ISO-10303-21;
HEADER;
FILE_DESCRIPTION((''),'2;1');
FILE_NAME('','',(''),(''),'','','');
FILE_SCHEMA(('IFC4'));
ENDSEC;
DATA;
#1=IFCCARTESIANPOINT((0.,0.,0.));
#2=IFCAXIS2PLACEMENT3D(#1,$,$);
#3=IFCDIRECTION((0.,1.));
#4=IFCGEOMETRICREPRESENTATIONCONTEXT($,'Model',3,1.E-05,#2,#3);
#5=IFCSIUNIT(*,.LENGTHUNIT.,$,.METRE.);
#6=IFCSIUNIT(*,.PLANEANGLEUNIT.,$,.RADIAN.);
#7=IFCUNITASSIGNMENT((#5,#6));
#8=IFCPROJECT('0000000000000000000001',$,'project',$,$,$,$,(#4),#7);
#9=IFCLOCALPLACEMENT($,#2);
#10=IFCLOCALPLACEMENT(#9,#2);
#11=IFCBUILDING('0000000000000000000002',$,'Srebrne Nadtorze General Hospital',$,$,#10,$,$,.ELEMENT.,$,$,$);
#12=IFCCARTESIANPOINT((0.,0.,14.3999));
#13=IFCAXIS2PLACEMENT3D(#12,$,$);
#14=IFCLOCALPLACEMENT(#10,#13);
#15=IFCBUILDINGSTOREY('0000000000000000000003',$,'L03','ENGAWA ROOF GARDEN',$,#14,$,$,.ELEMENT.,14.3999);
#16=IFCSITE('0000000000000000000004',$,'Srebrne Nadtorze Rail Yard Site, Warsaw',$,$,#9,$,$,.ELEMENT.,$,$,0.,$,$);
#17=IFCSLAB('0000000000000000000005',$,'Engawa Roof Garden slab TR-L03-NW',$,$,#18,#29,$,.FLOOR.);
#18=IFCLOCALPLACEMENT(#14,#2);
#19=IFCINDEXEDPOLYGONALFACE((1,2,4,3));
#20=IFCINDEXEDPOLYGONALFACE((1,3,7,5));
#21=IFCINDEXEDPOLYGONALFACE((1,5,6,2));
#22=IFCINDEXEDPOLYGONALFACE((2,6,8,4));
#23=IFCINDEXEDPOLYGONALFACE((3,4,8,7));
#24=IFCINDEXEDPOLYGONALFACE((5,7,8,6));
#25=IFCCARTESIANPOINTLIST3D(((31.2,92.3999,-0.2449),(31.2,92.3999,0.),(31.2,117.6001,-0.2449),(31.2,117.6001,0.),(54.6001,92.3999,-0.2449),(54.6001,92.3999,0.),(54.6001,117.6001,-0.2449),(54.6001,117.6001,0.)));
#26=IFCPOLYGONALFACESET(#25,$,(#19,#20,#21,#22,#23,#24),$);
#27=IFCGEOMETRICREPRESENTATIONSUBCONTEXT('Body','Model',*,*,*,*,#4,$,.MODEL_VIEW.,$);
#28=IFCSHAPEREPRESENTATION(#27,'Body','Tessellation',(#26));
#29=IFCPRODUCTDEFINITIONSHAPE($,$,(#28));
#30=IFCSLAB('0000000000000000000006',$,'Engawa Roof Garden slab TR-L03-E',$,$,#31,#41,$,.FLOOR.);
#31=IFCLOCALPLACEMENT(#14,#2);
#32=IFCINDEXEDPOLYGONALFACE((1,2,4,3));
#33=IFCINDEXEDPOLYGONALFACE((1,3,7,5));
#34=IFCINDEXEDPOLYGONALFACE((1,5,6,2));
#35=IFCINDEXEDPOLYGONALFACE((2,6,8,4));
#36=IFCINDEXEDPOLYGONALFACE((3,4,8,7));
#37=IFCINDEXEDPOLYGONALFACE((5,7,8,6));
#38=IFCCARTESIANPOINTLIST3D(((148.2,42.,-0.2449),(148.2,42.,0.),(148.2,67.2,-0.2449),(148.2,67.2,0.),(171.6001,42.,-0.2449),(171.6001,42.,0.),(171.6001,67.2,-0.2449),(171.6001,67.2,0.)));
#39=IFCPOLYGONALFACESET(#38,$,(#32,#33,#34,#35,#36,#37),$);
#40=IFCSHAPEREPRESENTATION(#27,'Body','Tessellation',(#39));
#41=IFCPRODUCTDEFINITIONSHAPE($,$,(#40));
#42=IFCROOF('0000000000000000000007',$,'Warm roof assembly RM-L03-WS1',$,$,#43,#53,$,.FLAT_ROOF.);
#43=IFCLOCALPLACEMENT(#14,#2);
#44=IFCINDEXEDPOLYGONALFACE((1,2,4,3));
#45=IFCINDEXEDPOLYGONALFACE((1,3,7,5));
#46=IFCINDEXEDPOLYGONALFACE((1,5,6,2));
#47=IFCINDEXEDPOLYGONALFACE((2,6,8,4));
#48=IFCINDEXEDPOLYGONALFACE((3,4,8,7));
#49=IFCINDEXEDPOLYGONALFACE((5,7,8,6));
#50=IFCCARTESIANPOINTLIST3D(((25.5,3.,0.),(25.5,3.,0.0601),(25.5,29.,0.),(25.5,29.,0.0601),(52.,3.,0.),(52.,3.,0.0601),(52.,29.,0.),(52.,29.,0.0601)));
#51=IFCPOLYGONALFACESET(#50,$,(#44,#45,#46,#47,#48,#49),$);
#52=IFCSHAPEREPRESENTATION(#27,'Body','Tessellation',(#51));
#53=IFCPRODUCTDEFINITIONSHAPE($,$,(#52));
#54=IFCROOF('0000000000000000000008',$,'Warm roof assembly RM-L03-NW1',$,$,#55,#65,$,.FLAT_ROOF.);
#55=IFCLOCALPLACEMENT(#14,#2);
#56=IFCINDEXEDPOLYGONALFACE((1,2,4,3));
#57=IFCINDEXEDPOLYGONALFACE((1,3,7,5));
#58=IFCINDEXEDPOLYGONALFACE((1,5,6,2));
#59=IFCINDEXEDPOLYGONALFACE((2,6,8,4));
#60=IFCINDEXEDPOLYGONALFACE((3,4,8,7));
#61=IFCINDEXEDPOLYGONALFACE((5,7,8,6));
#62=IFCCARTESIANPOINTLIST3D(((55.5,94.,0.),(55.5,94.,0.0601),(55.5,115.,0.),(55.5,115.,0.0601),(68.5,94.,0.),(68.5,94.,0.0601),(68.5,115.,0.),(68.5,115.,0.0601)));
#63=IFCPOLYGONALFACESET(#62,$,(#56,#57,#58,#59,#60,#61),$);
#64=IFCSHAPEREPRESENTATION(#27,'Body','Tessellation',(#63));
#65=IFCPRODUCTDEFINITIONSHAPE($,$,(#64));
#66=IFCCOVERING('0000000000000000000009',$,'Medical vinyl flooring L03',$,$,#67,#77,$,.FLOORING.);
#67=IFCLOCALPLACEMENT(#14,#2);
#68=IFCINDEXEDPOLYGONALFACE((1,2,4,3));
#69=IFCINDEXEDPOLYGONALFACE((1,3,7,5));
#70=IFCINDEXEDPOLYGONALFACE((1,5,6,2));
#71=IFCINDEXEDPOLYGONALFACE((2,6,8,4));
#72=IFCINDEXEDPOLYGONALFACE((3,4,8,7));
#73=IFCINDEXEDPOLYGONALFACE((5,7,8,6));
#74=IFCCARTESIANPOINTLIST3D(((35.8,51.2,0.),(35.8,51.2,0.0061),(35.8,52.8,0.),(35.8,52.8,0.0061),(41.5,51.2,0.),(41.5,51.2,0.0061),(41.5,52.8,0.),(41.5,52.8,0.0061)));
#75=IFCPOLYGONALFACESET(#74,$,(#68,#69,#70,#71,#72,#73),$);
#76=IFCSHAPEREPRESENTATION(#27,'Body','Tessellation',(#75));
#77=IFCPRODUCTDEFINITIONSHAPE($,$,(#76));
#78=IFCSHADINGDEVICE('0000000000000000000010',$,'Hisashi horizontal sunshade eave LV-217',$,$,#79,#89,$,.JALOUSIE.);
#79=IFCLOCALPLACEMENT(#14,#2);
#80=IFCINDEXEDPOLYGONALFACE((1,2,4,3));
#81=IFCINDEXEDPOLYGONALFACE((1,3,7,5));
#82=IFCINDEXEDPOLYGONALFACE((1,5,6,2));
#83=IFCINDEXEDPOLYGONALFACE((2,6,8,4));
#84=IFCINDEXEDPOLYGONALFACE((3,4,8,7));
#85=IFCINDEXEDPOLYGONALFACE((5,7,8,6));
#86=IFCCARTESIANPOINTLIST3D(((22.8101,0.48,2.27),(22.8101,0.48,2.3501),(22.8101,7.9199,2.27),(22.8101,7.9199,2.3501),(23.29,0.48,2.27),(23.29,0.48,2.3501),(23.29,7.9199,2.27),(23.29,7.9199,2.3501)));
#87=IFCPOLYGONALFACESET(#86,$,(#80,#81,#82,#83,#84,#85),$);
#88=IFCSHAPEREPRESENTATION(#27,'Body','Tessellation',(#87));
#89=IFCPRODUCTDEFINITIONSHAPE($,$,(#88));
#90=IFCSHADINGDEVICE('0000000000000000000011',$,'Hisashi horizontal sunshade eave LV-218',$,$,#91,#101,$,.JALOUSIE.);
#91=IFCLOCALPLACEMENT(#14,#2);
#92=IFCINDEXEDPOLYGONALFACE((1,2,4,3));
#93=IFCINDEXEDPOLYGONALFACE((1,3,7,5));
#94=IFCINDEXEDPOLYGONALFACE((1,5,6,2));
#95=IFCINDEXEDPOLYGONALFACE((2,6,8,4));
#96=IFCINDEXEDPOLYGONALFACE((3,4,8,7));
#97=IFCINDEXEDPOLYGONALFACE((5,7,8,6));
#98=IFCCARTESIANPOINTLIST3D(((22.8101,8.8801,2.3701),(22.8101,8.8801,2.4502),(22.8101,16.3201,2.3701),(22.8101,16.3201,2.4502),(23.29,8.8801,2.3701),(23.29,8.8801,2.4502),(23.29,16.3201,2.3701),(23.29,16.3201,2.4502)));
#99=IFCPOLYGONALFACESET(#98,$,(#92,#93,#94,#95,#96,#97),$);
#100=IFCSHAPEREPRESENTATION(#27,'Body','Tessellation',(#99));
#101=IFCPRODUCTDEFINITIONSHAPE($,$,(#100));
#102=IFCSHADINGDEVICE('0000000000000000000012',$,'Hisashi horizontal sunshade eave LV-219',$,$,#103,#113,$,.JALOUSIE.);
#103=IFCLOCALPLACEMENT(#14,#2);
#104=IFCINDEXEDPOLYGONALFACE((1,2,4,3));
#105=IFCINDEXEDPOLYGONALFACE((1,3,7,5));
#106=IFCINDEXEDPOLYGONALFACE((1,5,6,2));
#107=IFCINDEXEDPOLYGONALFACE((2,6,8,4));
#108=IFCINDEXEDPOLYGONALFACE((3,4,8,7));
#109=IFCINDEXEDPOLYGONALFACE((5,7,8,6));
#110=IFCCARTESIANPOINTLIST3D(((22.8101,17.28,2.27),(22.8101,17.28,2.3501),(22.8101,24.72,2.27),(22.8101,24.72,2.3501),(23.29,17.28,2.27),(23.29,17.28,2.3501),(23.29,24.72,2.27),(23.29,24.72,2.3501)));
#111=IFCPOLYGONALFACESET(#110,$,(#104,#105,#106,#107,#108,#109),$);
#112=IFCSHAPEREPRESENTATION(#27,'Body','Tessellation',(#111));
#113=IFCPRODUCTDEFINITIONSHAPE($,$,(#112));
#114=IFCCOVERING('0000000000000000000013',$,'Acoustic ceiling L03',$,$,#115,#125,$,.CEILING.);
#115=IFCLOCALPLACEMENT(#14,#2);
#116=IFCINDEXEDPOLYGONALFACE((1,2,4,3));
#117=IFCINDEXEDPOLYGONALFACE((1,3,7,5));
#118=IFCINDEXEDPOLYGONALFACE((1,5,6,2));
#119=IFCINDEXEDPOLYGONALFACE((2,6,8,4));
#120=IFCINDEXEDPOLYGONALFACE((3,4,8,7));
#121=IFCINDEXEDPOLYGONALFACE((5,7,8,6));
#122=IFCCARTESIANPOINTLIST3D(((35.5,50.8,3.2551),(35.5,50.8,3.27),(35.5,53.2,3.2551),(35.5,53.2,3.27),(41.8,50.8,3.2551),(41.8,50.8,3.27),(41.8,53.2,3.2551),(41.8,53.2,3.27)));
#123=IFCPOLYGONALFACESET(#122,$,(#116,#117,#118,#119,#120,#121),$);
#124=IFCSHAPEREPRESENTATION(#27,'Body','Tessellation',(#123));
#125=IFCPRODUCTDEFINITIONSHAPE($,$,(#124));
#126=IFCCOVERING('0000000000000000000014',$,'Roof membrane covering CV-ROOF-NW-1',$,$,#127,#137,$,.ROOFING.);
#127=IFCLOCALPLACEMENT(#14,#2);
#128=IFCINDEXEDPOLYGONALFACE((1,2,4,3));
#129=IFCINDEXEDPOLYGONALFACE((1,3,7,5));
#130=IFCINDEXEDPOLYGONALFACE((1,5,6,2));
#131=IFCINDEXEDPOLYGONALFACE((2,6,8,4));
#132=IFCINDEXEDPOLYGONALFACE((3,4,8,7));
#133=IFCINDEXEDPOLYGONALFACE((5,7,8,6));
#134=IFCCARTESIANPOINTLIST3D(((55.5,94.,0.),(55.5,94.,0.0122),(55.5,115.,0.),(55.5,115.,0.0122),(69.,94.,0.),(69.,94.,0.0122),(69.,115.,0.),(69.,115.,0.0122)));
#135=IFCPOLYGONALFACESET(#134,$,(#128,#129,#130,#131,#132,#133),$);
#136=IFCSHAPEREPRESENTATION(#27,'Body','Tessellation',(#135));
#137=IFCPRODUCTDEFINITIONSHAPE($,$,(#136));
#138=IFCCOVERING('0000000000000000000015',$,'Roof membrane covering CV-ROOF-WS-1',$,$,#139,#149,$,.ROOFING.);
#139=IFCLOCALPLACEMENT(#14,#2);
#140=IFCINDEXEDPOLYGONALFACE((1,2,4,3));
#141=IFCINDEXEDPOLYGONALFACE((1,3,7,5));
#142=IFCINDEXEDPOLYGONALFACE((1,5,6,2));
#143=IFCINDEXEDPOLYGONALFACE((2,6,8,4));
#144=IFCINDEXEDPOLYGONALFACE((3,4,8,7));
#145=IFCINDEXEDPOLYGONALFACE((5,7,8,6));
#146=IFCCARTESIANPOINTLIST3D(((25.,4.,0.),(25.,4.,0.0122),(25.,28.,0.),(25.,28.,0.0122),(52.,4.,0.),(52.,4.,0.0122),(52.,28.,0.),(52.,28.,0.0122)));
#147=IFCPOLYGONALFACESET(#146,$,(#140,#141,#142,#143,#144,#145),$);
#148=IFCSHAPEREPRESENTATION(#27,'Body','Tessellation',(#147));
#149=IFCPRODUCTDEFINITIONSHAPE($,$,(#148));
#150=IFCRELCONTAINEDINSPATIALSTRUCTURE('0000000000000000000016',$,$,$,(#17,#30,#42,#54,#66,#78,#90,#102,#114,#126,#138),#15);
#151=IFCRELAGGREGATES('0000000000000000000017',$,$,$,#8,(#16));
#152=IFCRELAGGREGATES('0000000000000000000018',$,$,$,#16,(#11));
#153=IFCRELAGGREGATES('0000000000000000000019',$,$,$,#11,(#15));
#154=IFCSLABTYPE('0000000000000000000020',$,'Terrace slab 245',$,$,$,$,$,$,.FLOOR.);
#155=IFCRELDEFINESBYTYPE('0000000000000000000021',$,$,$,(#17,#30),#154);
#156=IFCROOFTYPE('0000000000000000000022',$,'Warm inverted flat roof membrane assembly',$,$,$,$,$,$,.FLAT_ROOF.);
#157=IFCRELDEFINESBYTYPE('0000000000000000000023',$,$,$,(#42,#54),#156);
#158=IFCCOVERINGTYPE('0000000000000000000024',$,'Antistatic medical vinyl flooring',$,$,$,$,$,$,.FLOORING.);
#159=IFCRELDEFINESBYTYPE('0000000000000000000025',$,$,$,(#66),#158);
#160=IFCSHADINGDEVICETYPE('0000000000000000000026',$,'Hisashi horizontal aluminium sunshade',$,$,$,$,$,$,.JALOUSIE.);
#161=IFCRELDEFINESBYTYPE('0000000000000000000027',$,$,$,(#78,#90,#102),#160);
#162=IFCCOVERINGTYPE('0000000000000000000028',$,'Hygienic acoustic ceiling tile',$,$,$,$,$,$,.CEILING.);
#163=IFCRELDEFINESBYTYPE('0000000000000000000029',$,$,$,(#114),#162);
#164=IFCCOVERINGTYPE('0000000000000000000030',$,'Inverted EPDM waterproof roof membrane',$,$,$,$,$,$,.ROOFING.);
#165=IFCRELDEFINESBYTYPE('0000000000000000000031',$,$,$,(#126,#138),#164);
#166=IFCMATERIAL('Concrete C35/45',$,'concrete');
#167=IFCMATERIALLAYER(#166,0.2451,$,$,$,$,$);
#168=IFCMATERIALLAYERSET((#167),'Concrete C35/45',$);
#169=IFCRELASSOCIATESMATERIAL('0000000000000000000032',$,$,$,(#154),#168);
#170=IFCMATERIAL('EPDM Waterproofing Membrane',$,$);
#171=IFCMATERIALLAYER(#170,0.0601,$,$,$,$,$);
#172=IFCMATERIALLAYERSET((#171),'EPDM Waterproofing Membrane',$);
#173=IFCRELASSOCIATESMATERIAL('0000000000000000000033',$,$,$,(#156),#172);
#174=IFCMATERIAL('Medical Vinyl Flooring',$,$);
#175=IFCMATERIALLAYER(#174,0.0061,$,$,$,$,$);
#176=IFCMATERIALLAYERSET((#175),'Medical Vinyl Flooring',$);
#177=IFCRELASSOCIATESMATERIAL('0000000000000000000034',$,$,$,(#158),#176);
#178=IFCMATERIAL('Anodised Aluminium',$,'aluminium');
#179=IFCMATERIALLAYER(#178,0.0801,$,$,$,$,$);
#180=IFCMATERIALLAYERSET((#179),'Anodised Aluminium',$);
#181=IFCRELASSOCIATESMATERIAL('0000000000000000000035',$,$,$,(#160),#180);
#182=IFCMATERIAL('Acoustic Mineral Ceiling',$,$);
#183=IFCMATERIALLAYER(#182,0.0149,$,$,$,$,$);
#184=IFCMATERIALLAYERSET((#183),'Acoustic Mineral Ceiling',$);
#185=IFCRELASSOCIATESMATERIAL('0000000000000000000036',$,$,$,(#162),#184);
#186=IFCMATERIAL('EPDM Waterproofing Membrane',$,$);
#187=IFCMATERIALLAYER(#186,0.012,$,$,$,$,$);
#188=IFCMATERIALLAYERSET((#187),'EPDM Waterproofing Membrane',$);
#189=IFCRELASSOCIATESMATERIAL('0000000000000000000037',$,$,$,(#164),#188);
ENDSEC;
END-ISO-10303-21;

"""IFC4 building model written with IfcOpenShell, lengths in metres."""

from ifc_helpers import new_model, si_unit, direction, frame, origin, origin_2d, place, context, subcontext, project, spatial, polyline, rectangle, outline, extrude, material, layer, layer_set, type_object, element, save


model = new_model("IFC4")

# Units and contexts
model_context = context("Model", 3, precision=1e-05, world=origin(), true_north=direction((0.0, 1.0)))
body_context = subcontext(model_context, "Body", "Model", "MODEL_VIEW")
ifc_project = project(units=[si_unit("LENGTHUNIT", "METRE"), si_unit("PLANEANGLEUNIT", "RADIAN")], contexts=[model_context])

# Site, building, storey
site_placement = place(None, origin())
site = spatial("IfcSite", under=ifc_project, at=site_placement, Name="Srebrne Nadtorze Rail Yard Site, Warsaw", CompositionType="ELEMENT", RefElevation=0.0)
building_placement = place(site_placement, origin())
building = spatial("IfcBuilding", under=site, at=building_placement, Name="Srebrne Nadtorze General Hospital", CompositionType="ELEMENT")
storey_placement = place(building_placement, frame((0.0, 0.0, 14.3999)))
storey = spatial("IfcBuildingStorey", under=building, at=storey_placement, Name="L03", Description="ENGAWA ROOF GARDEN", CompositionType="ELEMENT", Elevation=14.3999)

# Slabs
ifc_material_1 = material(Name="Concrete C35/45", Category="concrete")
ifc_layer_1 = layer(ifc_material_1, 0.2451)
ifc_layer_set_1 = layer_set([ifc_layer_1], Name="Concrete C35/45")
slab_type_1 = type_object("IfcSlabType", Name="Terrace slab 245", PredefinedType="FLOOR", material=ifc_layer_set_1)
slab_1_placement = place(storey_placement, frame((0.0, 0.0, -0.2449)))
element("IfcSlab", 1, at=slab_1_placement, inside=storey, type_object=slab_type_1, Name="Engawa Roof Garden slab TR-L03-NW", PredefinedType="FLOOR", context=body_context, shape_type="SweptSolid", body=[
    extrude(outline(polyline([(31.2, 92.3999), (54.6001, 92.3999), (54.6001, 117.6001), (31.2, 117.6001), (31.2, 92.3999)])), origin(), (0.0, 0.0, 1.0), 0.2449),
])
slab_2_placement = place(storey_placement, frame((0.0, 0.0, -0.2449)))
element("IfcSlab", 2, at=slab_2_placement, inside=storey, type_object=slab_type_1, Name="Engawa Roof Garden slab TR-L03-E", PredefinedType="FLOOR", context=body_context, shape_type="SweptSolid", body=[
    extrude(outline(polyline([(148.2, 42.0), (171.6001, 42.0), (171.6001, 67.2), (148.2, 67.2), (148.2, 42.0)])), origin(), (0.0, 0.0, 1.0), 0.2449),
])

# Roofs
ifc_material_2 = material(Name="EPDM Waterproofing Membrane")
ifc_layer_2 = layer(ifc_material_2, 0.0601)
ifc_layer_set_2 = layer_set([ifc_layer_2], Name="EPDM Waterproofing Membrane")
roof_type = type_object("IfcRoofType", Name="Warm inverted flat roof membrane assembly", PredefinedType="FLAT_ROOF", material=ifc_layer_set_2)
roof_1_placement = place(storey_placement, origin())
element("IfcRoof", 3, at=roof_1_placement, inside=storey, type_object=roof_type, Name="Warm roof assembly RM-L03-WS1", PredefinedType="FLAT_ROOF", context=body_context, shape_type="SweptSolid", body=[
    extrude(outline(polyline([(25.5, 3.0), (52.0, 3.0), (52.0, 29.0), (25.5, 29.0), (25.5, 3.0)])), origin(), (0.0, 0.0, 1.0), 0.0601),
])
roof_2_placement = place(storey_placement, origin())
element("IfcRoof", 4, at=roof_2_placement, inside=storey, type_object=roof_type, Name="Warm roof assembly RM-L03-NW1", PredefinedType="FLAT_ROOF", context=body_context, shape_type="SweptSolid", body=[
    extrude(outline(polyline([(55.5, 94.0), (68.5, 94.0), (68.5, 115.0), (55.5, 115.0), (55.5, 94.0)])), origin(), (0.0, 0.0, 1.0), 0.0601),
])

# Covering
ifc_material_3 = material(Name="Medical Vinyl Flooring")
ifc_layer_3 = layer(ifc_material_3, 0.0061)
ifc_layer_set_3 = layer_set([ifc_layer_3], Name="Medical Vinyl Flooring")
covering_type_1 = type_object("IfcCoveringType", Name="Antistatic medical vinyl flooring", PredefinedType="FLOORING", material=ifc_layer_set_3)
covering_1_placement = place(storey_placement, origin())
element("IfcCovering", 5, at=covering_1_placement, inside=storey, type_object=covering_type_1, Name="Medical vinyl flooring L03", PredefinedType="FLOORING", context=body_context, shape_type="SweptSolid", body=[
    extrude(outline(polyline([(35.8, 51.2), (41.5, 51.2), (41.5, 52.8), (35.8, 52.8), (35.8, 51.2)])), origin(), (0.0, 0.0, 1.0), 0.0061),
])

# Shading devices
ifc_material_4 = material(Name="Anodised Aluminium", Category="aluminium")
ifc_layer_4 = layer(ifc_material_4, 0.0801)
ifc_layer_set_4 = layer_set([ifc_layer_4], Name="Anodised Aluminium")
shading_device_type = type_object("IfcShadingDeviceType", Name="Hisashi horizontal aluminium sunshade", PredefinedType="JALOUSIE", material=ifc_layer_set_4)
for number, where, z_axis, x_axis, name in (
    (6, (23.05, 4.2, 2.27), (0.0, 0.0, 1.0), (1.0, 0.0, 0.0), "Hisashi horizontal sunshade eave LV-217"),
    (7, (23.05, 12.6001, 2.3701), (0.0, 0.0, 1.0), (1.0, 0.0, 0.0), "Hisashi horizontal sunshade eave LV-218"),
    (8, (23.05, 21.0, 2.27), (0.0, 0.0, 1.0), (1.0, 0.0, 0.0), "Hisashi horizontal sunshade eave LV-219"),
):
    element("IfcShadingDevice", number, at=place(storey_placement, frame(where, z_axis=z_axis, x_axis=x_axis)), inside=storey, type_object=shading_device_type, Name=name, PredefinedType="JALOUSIE", context=body_context, shape_type="SweptSolid", body=[
        extrude(rectangle(XDim=0.48, YDim=7.4399, at=origin_2d()), origin(), (0.0, 0.0, 1.0), 0.0801),
    ])

# Coverings
ifc_material_5 = material(Name="Acoustic Mineral Ceiling")
ifc_layer_5 = layer(ifc_material_5, 0.0149)
ifc_layer_set_5 = layer_set([ifc_layer_5], Name="Acoustic Mineral Ceiling")
covering_type_2 = type_object("IfcCoveringType", Name="Hygienic acoustic ceiling tile", PredefinedType="CEILING", material=ifc_layer_set_5)
covering_2_placement = place(storey_placement, frame((0.0, 0.0, 3.2551)))
element("IfcCovering", 9, at=covering_2_placement, inside=storey, type_object=covering_type_2, Name="Acoustic ceiling L03", PredefinedType="CEILING", context=body_context, shape_type="SweptSolid", body=[
    extrude(outline(polyline([(35.5, 50.8), (41.8, 50.8), (41.8, 53.2), (35.5, 53.2), (35.5, 50.8)])), origin(), (0.0, 0.0, 1.0), 0.0149),
])
ifc_material_6 = material(Name="EPDM Waterproofing Membrane")
ifc_layer_6 = layer(ifc_material_6, 0.012)
ifc_layer_set_6 = layer_set([ifc_layer_6], Name="EPDM Waterproofing Membrane")
covering_type_3 = type_object("IfcCoveringType", Name="Inverted EPDM waterproof roof membrane", PredefinedType="ROOFING", material=ifc_layer_set_6)
covering_3_placement = place(storey_placement, origin())
element("IfcCovering", 10, at=covering_3_placement, inside=storey, type_object=covering_type_3, Name="Roof membrane covering CV-ROOF-NW-1", PredefinedType="ROOFING", context=body_context, shape_type="SweptSolid", body=[
    extrude(outline(polyline([(55.5, 94.0), (69.0, 94.0), (69.0, 115.0), (55.5, 115.0), (55.5, 94.0)])), origin(), (0.0, 0.0, 1.0), 0.0122),
])
covering_4_placement = place(storey_placement, origin())
element("IfcCovering", 11, at=covering_4_placement, inside=storey, type_object=covering_type_3, Name="Roof membrane covering CV-ROOF-WS-1", PredefinedType="ROOFING", context=body_context, shape_type="SweptSolid", body=[
    extrude(outline(polyline([(25.0, 4.0), (52.0, 4.0), (52.0, 28.0), (25.0, 28.0), (25.0, 4.0)])), origin(), (0.0, 0.0, 1.0), 0.0122),
])

save(model, "model.ifc")
